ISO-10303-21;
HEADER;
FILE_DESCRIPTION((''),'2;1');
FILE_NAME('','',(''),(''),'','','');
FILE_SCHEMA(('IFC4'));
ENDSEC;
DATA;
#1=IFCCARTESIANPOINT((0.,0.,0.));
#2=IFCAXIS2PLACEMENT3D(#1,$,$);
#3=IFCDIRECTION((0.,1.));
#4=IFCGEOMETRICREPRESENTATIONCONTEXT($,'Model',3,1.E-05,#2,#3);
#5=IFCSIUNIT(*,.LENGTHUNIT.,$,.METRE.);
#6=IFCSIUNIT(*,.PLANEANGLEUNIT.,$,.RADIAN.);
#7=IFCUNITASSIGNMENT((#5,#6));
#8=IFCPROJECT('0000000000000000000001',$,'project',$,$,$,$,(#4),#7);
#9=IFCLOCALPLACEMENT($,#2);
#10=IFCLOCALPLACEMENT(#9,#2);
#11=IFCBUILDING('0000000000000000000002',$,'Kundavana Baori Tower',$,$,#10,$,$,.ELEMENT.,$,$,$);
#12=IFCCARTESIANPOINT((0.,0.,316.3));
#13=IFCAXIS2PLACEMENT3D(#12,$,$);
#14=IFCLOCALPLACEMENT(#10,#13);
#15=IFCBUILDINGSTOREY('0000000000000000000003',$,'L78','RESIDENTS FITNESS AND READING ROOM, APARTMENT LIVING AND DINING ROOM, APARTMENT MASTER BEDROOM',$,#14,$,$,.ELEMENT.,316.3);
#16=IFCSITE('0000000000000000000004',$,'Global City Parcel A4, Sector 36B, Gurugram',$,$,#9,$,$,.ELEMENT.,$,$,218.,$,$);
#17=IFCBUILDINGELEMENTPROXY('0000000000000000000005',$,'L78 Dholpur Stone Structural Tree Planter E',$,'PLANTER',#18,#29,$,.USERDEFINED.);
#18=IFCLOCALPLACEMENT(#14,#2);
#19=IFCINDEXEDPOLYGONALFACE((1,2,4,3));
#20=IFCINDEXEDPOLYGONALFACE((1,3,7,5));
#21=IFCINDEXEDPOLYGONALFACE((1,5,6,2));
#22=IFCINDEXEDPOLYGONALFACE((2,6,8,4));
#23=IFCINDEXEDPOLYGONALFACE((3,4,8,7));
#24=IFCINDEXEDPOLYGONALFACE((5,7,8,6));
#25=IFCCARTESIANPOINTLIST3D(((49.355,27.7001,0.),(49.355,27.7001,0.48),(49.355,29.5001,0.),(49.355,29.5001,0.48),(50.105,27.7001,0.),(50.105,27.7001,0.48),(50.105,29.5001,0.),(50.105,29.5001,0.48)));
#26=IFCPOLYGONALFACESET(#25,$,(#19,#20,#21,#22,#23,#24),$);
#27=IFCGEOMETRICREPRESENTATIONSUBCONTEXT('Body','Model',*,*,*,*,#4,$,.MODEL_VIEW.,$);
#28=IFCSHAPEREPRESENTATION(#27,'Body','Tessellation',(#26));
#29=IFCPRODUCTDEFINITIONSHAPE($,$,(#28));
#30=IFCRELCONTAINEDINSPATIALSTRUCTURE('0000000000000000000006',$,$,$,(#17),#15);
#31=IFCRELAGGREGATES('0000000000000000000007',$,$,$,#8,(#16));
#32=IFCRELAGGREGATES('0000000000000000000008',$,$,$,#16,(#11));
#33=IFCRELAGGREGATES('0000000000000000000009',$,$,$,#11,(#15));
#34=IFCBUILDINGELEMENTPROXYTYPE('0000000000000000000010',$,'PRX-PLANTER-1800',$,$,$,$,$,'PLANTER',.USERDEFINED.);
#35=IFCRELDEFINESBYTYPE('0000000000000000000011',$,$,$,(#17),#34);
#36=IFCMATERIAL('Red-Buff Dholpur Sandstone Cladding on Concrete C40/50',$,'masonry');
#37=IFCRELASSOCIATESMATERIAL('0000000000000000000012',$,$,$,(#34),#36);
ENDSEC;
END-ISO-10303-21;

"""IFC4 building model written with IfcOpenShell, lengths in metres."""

from ifc_helpers import new_model, si_unit, direction, frame, origin, origin_2d, place, context, subcontext, project, spatial, rectangle, extrude, material, type_object, element, save


model = new_model("IFC4")

# Units and contexts
model_context = context("Model", 3, precision=1e-05, world=origin(), true_north=direction((0.0, 1.0)))
body_context = subcontext(model_context, "Body", "Model", "MODEL_VIEW")
ifc_project = project(units=[si_unit("LENGTHUNIT", "METRE"), si_unit("PLANEANGLEUNIT", "RADIAN")], contexts=[model_context])

# Site, building, storey
site_placement = place(None, origin())
site = spatial("IfcSite", under=ifc_project, at=site_placement, Name="Global City Parcel A4, Sector 36B, Gurugram", CompositionType="ELEMENT", RefElevation=218.0)
building_placement = place(site_placement, origin())
building = spatial("IfcBuilding", under=site, at=building_placement, Name="Kundavana Baori Tower", CompositionType="ELEMENT")
storey_placement = place(building_placement, frame((0.0, 0.0, 316.3)))
storey = spatial("IfcBuildingStorey", under=building, at=storey_placement, Name="L78", Description="RESIDENTS FITNESS AND READING ROOM, APARTMENT LIVING AND DINING ROOM, APARTMENT MASTER BEDROOM", CompositionType="ELEMENT", Elevation=316.3)

# Building element proxy
ifc_material_1 = material(Name="Red-Buff Dholpur Sandstone Cladding on Concrete C40/50", Category="masonry")
building_element_proxy_type = type_object("IfcBuildingElementProxyType", Name="PRX-PLANTER-1800", ElementType="PLANTER", PredefinedType="USERDEFINED", material=ifc_material_1)
proxy_placement = place(storey_placement, frame((49.73, 28.6001, 0.0), z_axis=(0.0, 0.0, 1.0), x_axis=(0.0, 1.0, 0.0)))
element("IfcBuildingElementProxy", 1, at=proxy_placement, inside=storey, type_object=building_element_proxy_type, Name="L78 Dholpur Stone Structural Tree Planter E", ObjectType="PLANTER", PredefinedType="USERDEFINED", context=body_context, shape_type="SweptSolid", body=[
    extrude(rectangle(XDim=1.8, YDim=0.75, at=origin_2d()), origin(), (0.0, 0.0, 1.0), 0.48),
])

save(model, "model.ifc")
